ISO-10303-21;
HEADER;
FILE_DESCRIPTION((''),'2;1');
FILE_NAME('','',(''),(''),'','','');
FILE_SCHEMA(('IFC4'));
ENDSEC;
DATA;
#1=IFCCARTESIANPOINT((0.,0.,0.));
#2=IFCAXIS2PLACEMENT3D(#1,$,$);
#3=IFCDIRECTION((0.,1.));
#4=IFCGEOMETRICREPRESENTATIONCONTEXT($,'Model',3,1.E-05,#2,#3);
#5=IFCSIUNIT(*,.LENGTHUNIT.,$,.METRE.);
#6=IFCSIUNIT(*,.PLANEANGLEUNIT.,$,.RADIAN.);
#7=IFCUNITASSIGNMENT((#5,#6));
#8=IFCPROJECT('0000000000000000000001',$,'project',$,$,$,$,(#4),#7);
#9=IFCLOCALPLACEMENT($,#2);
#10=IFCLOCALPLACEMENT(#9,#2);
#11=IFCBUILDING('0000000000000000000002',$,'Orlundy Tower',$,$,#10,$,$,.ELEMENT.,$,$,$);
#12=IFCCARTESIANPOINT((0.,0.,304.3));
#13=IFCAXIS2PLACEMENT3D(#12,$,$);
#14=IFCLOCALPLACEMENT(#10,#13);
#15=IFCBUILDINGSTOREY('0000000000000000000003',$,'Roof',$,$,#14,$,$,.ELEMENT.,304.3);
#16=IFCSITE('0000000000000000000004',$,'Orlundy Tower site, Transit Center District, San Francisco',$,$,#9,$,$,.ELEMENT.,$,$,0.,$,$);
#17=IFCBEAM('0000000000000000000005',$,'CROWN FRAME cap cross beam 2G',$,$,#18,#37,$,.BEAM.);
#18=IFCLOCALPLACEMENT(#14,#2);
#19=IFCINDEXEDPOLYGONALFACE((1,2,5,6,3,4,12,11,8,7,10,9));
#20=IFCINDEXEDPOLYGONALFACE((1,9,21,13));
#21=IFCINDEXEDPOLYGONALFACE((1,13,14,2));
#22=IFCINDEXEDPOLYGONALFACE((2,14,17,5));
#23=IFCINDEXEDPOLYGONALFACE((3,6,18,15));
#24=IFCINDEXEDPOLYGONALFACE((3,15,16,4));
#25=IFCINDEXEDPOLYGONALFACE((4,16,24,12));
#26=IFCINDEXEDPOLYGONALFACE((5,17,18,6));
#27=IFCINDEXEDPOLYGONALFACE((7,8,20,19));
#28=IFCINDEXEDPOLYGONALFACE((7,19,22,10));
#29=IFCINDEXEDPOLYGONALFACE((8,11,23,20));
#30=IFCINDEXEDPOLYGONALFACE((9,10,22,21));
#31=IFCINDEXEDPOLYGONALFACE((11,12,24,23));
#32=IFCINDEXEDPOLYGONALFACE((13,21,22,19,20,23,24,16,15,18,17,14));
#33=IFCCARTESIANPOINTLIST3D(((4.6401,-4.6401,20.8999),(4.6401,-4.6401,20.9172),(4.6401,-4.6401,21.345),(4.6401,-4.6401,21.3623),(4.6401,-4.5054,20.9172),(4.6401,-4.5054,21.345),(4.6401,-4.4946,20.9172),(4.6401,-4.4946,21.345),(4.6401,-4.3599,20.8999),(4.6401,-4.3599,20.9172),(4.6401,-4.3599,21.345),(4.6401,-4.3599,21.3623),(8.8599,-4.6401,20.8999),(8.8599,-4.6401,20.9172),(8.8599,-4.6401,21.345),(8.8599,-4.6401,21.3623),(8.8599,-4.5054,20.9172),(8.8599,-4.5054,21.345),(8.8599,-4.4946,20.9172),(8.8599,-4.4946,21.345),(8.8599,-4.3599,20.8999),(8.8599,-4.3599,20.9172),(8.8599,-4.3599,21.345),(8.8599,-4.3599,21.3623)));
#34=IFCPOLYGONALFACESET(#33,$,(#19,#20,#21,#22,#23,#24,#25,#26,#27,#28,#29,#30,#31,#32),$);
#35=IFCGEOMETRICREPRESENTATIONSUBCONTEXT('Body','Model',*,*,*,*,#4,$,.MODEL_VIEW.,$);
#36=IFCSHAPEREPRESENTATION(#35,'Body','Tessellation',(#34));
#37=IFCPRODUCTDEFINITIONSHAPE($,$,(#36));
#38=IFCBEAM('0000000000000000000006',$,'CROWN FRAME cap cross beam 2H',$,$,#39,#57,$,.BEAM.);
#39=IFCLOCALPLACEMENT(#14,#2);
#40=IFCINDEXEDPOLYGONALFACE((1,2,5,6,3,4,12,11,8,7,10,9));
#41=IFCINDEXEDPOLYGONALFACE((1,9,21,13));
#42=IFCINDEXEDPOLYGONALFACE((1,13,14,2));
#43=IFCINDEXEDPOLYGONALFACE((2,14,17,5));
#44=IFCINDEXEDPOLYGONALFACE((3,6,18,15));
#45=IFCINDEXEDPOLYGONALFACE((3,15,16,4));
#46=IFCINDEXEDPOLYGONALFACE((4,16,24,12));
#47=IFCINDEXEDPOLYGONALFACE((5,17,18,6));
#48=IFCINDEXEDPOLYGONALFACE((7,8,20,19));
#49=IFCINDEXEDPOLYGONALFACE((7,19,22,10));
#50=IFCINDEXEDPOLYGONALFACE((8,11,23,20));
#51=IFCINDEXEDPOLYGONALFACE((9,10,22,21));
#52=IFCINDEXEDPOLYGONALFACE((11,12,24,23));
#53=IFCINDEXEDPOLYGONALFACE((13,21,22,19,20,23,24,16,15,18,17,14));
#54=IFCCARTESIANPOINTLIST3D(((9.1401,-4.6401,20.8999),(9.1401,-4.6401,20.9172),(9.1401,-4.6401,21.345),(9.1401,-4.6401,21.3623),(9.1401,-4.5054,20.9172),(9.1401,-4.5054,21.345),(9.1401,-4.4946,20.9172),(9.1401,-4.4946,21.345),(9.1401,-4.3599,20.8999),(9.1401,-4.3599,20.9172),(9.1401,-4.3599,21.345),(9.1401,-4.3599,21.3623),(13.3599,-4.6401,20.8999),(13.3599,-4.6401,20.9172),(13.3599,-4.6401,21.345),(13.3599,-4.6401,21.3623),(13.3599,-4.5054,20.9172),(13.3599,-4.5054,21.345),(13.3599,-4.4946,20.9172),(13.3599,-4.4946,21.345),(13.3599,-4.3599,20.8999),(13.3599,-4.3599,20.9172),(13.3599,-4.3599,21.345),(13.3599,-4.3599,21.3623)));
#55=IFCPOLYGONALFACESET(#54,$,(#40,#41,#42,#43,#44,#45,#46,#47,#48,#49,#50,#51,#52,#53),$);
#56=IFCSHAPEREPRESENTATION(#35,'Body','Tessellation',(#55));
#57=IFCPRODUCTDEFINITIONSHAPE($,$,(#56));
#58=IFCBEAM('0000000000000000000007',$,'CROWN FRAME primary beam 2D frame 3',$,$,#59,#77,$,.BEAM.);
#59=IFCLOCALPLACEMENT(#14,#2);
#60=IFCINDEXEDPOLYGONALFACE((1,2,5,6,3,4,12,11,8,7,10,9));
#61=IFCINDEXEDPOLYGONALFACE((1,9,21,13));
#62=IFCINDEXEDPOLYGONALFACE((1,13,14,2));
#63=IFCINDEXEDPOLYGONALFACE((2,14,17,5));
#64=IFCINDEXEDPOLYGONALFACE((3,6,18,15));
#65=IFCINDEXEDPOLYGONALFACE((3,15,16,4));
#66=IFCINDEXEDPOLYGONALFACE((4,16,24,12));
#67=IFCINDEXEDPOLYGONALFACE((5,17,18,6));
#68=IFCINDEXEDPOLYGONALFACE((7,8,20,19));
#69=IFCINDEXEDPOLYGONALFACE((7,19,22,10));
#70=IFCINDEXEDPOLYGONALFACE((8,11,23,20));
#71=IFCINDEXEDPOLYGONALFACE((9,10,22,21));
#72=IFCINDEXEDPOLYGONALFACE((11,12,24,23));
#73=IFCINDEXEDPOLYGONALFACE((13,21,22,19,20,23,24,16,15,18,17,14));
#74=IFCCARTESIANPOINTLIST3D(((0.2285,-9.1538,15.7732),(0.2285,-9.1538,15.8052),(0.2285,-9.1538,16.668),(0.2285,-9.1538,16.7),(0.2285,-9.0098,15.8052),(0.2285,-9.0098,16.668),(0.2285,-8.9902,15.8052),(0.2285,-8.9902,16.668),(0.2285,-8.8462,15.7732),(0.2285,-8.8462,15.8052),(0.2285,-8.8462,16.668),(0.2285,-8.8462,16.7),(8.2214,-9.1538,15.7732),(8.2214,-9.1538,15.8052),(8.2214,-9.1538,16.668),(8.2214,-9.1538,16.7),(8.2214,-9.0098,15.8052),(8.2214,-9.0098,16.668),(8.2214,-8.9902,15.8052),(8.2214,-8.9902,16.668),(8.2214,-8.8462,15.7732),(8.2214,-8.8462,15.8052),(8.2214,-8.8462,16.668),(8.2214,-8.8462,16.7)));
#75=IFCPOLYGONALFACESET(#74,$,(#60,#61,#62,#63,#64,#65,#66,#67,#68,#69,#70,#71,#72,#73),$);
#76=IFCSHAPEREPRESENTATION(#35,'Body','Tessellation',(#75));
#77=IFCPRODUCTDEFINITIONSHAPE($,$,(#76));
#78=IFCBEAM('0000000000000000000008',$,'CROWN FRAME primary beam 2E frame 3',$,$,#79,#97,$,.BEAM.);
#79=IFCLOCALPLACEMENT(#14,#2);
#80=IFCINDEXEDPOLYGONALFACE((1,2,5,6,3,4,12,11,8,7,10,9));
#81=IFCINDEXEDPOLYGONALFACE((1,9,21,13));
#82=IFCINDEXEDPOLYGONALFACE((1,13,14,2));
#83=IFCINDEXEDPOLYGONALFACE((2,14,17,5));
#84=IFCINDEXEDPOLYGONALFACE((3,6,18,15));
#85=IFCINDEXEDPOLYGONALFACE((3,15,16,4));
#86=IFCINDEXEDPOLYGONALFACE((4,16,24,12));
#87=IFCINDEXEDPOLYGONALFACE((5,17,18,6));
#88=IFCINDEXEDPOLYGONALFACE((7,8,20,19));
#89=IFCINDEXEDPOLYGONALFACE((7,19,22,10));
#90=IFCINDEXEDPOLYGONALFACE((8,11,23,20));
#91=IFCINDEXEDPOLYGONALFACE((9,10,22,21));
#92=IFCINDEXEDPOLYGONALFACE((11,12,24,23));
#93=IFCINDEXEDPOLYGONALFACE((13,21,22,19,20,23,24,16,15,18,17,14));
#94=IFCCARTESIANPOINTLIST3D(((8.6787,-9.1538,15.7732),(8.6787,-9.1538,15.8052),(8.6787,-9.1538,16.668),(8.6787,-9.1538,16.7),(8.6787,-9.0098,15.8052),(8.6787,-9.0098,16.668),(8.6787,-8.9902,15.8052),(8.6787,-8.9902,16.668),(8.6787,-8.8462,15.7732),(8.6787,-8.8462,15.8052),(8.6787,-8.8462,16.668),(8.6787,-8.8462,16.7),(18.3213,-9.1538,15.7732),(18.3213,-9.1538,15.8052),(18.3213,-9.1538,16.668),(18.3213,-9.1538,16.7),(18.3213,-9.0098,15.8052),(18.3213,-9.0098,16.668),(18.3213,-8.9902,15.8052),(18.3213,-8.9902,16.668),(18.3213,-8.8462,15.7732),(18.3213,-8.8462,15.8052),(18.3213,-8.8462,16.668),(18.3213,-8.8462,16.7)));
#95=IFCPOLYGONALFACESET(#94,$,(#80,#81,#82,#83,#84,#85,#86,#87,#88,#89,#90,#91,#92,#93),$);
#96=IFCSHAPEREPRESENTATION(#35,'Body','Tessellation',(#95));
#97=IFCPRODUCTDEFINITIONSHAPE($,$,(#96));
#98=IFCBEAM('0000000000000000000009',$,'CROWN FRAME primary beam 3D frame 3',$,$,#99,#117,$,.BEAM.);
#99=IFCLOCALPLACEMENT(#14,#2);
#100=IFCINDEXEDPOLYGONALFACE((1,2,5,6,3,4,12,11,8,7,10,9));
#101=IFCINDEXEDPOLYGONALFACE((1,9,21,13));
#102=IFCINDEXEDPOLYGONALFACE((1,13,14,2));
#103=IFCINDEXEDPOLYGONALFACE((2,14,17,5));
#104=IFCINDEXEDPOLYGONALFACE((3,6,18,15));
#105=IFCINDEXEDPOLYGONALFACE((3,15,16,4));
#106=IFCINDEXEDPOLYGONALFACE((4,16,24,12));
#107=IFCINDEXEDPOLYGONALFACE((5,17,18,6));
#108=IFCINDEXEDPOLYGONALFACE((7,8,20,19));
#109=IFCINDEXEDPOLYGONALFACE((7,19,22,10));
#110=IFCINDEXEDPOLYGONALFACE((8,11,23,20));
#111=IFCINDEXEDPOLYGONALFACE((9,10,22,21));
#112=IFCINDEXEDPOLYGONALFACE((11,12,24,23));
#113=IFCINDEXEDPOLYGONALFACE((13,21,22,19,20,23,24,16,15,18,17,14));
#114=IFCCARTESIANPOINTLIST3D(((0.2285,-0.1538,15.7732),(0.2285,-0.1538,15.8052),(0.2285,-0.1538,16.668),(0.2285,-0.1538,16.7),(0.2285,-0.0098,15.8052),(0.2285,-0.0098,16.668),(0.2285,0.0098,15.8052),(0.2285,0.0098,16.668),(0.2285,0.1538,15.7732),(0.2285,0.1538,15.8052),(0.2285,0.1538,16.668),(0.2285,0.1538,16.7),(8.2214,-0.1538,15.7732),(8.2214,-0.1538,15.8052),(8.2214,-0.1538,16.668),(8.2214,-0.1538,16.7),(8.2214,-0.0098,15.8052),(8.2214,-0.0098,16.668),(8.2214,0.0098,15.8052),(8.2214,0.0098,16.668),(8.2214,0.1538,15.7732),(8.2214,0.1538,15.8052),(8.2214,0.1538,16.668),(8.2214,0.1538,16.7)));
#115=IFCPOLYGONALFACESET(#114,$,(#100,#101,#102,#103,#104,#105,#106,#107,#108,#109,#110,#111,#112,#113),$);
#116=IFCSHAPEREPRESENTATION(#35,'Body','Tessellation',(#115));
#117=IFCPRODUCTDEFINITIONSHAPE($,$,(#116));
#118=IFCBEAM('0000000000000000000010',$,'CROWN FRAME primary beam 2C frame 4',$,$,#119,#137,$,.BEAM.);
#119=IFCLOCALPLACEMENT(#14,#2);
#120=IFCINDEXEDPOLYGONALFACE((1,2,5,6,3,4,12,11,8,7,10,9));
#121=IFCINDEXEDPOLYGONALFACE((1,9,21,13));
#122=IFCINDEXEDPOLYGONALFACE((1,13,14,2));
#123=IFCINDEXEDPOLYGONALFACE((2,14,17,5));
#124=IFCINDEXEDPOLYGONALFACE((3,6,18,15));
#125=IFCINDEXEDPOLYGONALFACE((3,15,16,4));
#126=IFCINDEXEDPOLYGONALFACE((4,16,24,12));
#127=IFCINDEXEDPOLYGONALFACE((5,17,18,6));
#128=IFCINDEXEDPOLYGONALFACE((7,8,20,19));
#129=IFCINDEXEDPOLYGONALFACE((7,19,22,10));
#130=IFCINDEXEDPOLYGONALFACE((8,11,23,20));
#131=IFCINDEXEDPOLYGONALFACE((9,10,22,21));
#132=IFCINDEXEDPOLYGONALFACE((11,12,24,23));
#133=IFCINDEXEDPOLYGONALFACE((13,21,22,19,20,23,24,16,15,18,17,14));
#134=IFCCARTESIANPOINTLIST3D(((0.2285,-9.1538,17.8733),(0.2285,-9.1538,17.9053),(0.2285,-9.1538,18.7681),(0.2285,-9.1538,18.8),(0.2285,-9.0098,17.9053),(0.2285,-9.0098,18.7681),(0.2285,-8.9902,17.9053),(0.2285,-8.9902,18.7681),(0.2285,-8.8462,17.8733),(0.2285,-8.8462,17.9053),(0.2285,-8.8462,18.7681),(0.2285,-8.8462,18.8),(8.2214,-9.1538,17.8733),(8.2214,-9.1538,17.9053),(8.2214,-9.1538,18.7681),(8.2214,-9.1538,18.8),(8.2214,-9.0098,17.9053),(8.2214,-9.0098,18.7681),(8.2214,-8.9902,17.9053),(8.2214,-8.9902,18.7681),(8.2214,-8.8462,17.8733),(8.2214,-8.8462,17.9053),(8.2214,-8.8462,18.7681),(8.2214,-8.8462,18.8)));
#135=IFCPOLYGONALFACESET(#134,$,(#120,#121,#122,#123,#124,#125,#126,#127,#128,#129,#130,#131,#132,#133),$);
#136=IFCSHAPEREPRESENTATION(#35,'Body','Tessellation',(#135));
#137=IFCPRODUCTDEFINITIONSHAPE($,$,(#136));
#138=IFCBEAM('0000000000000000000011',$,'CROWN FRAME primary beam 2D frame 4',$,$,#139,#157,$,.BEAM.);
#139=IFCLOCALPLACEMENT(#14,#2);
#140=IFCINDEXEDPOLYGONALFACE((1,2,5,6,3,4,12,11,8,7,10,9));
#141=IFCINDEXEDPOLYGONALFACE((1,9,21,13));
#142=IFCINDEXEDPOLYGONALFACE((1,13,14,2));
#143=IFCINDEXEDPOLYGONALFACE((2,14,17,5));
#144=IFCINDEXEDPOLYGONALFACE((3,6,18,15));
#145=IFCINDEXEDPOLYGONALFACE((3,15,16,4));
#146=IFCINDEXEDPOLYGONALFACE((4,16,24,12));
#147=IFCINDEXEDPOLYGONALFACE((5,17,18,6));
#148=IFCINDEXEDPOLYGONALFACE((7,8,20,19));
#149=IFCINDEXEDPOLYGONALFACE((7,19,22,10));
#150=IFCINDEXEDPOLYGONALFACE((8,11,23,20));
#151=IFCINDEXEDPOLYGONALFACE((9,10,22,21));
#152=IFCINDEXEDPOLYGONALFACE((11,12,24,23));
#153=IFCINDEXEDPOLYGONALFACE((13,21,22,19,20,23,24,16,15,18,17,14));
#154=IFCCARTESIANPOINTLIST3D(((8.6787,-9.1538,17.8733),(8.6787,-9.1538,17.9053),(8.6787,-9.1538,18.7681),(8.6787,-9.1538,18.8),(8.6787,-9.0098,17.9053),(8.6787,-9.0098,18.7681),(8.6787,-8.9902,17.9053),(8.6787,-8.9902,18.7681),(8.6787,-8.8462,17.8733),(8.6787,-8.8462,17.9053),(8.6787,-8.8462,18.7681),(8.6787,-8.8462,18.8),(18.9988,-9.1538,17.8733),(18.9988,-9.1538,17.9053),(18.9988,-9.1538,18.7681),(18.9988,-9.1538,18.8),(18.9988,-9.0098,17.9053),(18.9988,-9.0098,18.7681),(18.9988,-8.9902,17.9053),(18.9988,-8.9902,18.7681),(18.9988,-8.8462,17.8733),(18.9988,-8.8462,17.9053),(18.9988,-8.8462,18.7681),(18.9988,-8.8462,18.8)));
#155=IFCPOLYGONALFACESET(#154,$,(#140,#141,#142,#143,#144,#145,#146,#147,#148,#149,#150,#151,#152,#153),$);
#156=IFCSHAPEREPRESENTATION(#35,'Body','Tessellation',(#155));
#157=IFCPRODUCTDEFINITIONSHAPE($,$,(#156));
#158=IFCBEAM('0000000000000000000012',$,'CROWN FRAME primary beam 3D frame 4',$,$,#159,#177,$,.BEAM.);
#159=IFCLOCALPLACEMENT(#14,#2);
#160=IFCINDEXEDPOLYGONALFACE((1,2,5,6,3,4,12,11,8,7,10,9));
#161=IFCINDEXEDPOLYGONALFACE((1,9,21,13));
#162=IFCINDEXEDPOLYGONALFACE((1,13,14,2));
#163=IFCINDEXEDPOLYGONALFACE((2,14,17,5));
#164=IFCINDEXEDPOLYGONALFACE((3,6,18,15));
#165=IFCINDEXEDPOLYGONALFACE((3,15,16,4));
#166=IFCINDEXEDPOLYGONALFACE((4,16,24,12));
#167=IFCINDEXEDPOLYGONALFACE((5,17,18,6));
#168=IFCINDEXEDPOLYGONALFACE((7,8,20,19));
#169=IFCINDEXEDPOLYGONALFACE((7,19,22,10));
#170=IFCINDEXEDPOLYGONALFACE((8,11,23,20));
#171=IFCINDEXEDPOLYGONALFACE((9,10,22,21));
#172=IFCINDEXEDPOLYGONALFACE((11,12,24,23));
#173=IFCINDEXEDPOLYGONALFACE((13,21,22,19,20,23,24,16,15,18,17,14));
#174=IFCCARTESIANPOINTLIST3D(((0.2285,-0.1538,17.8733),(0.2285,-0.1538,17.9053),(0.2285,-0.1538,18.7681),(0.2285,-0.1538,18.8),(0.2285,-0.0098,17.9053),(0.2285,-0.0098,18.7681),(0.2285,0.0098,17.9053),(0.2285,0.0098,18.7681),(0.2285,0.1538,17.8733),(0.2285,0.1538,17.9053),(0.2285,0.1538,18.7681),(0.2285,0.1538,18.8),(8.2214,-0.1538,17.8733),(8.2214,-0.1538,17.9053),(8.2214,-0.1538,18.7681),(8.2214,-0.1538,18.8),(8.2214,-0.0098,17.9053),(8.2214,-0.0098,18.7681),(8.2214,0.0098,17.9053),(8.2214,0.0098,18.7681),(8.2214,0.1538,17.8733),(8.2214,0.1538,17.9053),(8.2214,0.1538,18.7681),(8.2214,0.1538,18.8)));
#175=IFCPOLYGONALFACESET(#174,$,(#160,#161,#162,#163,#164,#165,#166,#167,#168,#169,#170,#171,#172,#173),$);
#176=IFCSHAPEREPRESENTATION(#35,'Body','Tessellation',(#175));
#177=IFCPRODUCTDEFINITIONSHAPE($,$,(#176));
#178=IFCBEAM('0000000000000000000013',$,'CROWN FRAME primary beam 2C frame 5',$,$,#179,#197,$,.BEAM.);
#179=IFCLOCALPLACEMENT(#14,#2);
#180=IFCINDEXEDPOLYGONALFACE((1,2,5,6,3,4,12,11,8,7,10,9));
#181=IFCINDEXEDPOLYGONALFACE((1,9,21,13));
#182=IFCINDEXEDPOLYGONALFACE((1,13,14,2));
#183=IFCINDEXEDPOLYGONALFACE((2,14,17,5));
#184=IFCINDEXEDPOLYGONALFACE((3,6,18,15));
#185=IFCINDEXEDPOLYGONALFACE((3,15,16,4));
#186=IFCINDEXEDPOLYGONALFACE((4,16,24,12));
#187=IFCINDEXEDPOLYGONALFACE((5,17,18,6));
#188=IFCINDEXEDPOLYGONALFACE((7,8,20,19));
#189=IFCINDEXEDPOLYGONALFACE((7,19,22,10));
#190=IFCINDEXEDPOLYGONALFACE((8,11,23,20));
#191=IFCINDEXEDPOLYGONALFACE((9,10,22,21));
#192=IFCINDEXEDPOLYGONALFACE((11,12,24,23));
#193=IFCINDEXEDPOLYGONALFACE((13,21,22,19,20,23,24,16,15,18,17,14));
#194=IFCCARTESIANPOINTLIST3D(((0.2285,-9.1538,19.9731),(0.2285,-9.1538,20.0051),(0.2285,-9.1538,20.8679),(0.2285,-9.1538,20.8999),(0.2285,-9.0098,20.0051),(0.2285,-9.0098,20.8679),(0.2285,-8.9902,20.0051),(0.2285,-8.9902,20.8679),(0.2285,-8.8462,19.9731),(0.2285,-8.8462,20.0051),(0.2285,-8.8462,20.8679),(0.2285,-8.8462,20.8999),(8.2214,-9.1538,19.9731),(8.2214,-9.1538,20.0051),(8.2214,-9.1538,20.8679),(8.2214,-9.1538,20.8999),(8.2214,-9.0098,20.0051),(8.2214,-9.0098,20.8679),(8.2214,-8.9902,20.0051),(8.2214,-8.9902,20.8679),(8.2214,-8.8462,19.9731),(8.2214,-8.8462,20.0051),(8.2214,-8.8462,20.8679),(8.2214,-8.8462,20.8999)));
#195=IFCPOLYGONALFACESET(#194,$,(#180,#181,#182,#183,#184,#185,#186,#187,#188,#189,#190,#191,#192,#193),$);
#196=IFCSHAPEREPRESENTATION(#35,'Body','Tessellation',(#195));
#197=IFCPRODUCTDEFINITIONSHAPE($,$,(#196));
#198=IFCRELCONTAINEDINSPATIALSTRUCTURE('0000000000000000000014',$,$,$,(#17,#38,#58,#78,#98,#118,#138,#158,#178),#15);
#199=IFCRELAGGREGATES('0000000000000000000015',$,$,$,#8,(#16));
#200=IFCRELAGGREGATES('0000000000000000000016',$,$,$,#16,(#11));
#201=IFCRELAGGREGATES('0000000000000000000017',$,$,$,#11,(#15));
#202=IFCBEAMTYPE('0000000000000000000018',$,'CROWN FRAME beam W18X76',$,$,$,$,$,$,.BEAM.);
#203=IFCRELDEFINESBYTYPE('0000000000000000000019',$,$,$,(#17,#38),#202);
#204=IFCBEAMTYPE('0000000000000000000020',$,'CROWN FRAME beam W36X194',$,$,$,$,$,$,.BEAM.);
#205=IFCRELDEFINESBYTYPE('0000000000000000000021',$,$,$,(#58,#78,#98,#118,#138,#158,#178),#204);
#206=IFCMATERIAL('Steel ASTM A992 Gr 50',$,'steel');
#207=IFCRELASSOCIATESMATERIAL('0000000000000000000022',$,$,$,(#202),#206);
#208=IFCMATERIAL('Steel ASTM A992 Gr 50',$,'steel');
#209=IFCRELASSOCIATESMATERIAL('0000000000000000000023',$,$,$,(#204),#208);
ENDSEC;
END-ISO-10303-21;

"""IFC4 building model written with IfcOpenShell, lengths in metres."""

from ifc_helpers import new_model, si_unit, direction, frame, origin, origin_2d, place, context, subcontext, project, spatial, i_section, extrude, material, material_profile, profile_set, type_object, element, save


model = new_model("IFC4")

# Units and contexts
model_context = context("Model", 3, precision=1e-05, world=origin(), true_north=direction((0.0, 1.0)))
body_context = subcontext(model_context, "Body", "Model", "MODEL_VIEW")
ifc_project = project(units=[si_unit("LENGTHUNIT", "METRE"), si_unit("PLANEANGLEUNIT", "RADIAN")], contexts=[model_context])

# Site, building, storey
site_placement = place(None, origin())
site = spatial("IfcSite", under=ifc_project, at=site_placement, Name="Orlundy Tower site, Transit Center District, San Francisco", CompositionType="ELEMENT", RefElevation=0.0)
building_placement = place(site_placement, origin())
building = spatial("IfcBuilding", under=site, at=building_placement, Name="Orlundy Tower", CompositionType="ELEMENT")
storey_placement = place(building_placement, frame((0.0, 0.0, 304.3)))
storey = spatial("IfcBuildingStorey", under=building, at=storey_placement, Name="Roof", CompositionType="ELEMENT", Elevation=304.3)

# Beams
ifc_material_1 = material(Name="Steel ASTM A992 Gr 50", Category="steel")
ifc_material_profile_1 = material_profile(ifc_material_1, i_section(OverallWidth=0.2803, OverallDepth=0.4624, WebThickness=0.0107, FlangeThickness=0.0173, at=origin_2d()), Name="W18X76")
ifc_profile_set_1 = profile_set([ifc_material_profile_1], Name="Steel ASTM A992 Gr 50")
beam_type_1 = type_object("IfcBeamType", Name="CROWN FRAME beam W18X76", PredefinedType="BEAM", material=ifc_profile_set_1)
for number, where, z_axis, x_axis, name in (
    (1, (4.6401, -4.5, 21.1311), (1.0, 0.0, 0.0), (0.0, 1.0, 0.0), "CROWN FRAME cap cross beam 2G"),
    (2, (9.1401, -4.5, 21.1311), (1.0, 0.0, 0.0), (0.0, 1.0, 0.0), "CROWN FRAME cap cross beam 2H"),
):
    element("IfcBeam", number, at=place(storey_placement, frame(where, z_axis=z_axis, x_axis=x_axis)), inside=storey, type_object=beam_type_1, Name=name, PredefinedType="BEAM", context=body_context, shape_type="SweptSolid", body=[
        extrude(i_section(OverallWidth=0.2803, OverallDepth=0.4624, WebThickness=0.0107, FlangeThickness=0.0173, at=origin_2d()), origin(), (0.0, 0.0, 1.0), 4.2197),
    ])
ifc_material_2 = material(Name="Steel ASTM A992 Gr 50", Category="steel")
ifc_material_profile_2 = material_profile(ifc_material_2, i_section(OverallWidth=0.3076, OverallDepth=0.9268, WebThickness=0.0195, FlangeThickness=0.032, at=origin_2d()), Name="W36X194")
ifc_profile_set_2 = profile_set([ifc_material_profile_2], Name="Steel ASTM A992 Gr 50")
beam_type_2 = type_object("IfcBeamType", Name="CROWN FRAME beam W36X194", PredefinedType="BEAM", material=ifc_profile_set_2)
beam_1_placement = place(storey_placement, frame((0.2285, -9.0, 16.2366), z_axis=(1.0, 0.0, 0.0), x_axis=(0.0, 1.0, 0.0)))
element("IfcBeam", 3, at=beam_1_placement, inside=storey, type_object=beam_type_2, Name="CROWN FRAME primary beam 2D frame 3", PredefinedType="BEAM", context=body_context, shape_type="SweptSolid", body=[
    extrude(i_section(OverallWidth=0.3076, OverallDepth=0.9268, WebThickness=0.0195, FlangeThickness=0.032, at=origin_2d()), origin(), (0.0, 0.0, 1.0), 7.9929),
])
beam_2_placement = place(storey_placement, frame((8.6787, -9.0, 16.2366), z_axis=(1.0, 0.0, 0.0), x_axis=(0.0, 1.0, 0.0)))
element("IfcBeam", 4, at=beam_2_placement, inside=storey, type_object=beam_type_2, Name="CROWN FRAME primary beam 2E frame 3", PredefinedType="BEAM", context=body_context, shape_type="SweptSolid", body=[
    extrude(i_section(OverallWidth=0.3076, OverallDepth=0.9268, WebThickness=0.0195, FlangeThickness=0.032, at=origin_2d()), origin(), (0.0, 0.0, 1.0), 9.6426),
])
for number, where, z_axis, x_axis, name in (
    (5, (0.2285, 0.0, 16.2366), (1.0, 0.0, 0.0), (0.0, 1.0, 0.0), "CROWN FRAME primary beam 3D frame 3"),
    (6, (0.2285, -9.0, 18.3367), (1.0, 0.0, 0.0), (0.0, 1.0, 0.0), "CROWN FRAME primary beam 2C frame 4"),
):
    element("IfcBeam", number, at=place(storey_placement, frame(where, z_axis=z_axis, x_axis=x_axis)), inside=storey, type_object=beam_type_2, Name=name, PredefinedType="BEAM", context=body_context, shape_type="SweptSolid", body=[
        extrude(i_section(OverallWidth=0.3076, OverallDepth=0.9268, WebThickness=0.0195, FlangeThickness=0.032, at=origin_2d()), origin(), (0.0, 0.0, 1.0), 7.9929),
    ])
beam_3_placement = place(storey_placement, frame((8.6787, -9.0, 18.3367), z_axis=(1.0, 0.0, 0.0), x_axis=(0.0, 1.0, 0.0)))
element("IfcBeam", 7, at=beam_3_placement, inside=storey, type_object=beam_type_2, Name="CROWN FRAME primary beam 2D frame 4", PredefinedType="BEAM", context=body_context, shape_type="SweptSolid", body=[
    extrude(i_section(OverallWidth=0.3076, OverallDepth=0.9268, WebThickness=0.0195, FlangeThickness=0.032, at=origin_2d()), origin(), (0.0, 0.0, 1.0), 10.3201),
])
for number, where, z_axis, x_axis, name in (
    (8, (0.2285, 0.0, 18.3367), (1.0, 0.0, 0.0), (0.0, 1.0, 0.0), "CROWN FRAME primary beam 3D frame 4"),
    (9, (0.2285, -9.0, 20.4365), (1.0, 0.0, 0.0), (0.0, 1.0, 0.0), "CROWN FRAME primary beam 2C frame 5"),
):
    element("IfcBeam", number, at=place(storey_placement, frame(where, z_axis=z_axis, x_axis=x_axis)), inside=storey, type_object=beam_type_2, Name=name, PredefinedType="BEAM", context=body_context, shape_type="SweptSolid", body=[
        extrude(i_section(OverallWidth=0.3076, OverallDepth=0.9268, WebThickness=0.0195, FlangeThickness=0.032, at=origin_2d()), origin(), (0.0, 0.0, 1.0), 7.9929),
    ])

save(model, "model.ifc")
